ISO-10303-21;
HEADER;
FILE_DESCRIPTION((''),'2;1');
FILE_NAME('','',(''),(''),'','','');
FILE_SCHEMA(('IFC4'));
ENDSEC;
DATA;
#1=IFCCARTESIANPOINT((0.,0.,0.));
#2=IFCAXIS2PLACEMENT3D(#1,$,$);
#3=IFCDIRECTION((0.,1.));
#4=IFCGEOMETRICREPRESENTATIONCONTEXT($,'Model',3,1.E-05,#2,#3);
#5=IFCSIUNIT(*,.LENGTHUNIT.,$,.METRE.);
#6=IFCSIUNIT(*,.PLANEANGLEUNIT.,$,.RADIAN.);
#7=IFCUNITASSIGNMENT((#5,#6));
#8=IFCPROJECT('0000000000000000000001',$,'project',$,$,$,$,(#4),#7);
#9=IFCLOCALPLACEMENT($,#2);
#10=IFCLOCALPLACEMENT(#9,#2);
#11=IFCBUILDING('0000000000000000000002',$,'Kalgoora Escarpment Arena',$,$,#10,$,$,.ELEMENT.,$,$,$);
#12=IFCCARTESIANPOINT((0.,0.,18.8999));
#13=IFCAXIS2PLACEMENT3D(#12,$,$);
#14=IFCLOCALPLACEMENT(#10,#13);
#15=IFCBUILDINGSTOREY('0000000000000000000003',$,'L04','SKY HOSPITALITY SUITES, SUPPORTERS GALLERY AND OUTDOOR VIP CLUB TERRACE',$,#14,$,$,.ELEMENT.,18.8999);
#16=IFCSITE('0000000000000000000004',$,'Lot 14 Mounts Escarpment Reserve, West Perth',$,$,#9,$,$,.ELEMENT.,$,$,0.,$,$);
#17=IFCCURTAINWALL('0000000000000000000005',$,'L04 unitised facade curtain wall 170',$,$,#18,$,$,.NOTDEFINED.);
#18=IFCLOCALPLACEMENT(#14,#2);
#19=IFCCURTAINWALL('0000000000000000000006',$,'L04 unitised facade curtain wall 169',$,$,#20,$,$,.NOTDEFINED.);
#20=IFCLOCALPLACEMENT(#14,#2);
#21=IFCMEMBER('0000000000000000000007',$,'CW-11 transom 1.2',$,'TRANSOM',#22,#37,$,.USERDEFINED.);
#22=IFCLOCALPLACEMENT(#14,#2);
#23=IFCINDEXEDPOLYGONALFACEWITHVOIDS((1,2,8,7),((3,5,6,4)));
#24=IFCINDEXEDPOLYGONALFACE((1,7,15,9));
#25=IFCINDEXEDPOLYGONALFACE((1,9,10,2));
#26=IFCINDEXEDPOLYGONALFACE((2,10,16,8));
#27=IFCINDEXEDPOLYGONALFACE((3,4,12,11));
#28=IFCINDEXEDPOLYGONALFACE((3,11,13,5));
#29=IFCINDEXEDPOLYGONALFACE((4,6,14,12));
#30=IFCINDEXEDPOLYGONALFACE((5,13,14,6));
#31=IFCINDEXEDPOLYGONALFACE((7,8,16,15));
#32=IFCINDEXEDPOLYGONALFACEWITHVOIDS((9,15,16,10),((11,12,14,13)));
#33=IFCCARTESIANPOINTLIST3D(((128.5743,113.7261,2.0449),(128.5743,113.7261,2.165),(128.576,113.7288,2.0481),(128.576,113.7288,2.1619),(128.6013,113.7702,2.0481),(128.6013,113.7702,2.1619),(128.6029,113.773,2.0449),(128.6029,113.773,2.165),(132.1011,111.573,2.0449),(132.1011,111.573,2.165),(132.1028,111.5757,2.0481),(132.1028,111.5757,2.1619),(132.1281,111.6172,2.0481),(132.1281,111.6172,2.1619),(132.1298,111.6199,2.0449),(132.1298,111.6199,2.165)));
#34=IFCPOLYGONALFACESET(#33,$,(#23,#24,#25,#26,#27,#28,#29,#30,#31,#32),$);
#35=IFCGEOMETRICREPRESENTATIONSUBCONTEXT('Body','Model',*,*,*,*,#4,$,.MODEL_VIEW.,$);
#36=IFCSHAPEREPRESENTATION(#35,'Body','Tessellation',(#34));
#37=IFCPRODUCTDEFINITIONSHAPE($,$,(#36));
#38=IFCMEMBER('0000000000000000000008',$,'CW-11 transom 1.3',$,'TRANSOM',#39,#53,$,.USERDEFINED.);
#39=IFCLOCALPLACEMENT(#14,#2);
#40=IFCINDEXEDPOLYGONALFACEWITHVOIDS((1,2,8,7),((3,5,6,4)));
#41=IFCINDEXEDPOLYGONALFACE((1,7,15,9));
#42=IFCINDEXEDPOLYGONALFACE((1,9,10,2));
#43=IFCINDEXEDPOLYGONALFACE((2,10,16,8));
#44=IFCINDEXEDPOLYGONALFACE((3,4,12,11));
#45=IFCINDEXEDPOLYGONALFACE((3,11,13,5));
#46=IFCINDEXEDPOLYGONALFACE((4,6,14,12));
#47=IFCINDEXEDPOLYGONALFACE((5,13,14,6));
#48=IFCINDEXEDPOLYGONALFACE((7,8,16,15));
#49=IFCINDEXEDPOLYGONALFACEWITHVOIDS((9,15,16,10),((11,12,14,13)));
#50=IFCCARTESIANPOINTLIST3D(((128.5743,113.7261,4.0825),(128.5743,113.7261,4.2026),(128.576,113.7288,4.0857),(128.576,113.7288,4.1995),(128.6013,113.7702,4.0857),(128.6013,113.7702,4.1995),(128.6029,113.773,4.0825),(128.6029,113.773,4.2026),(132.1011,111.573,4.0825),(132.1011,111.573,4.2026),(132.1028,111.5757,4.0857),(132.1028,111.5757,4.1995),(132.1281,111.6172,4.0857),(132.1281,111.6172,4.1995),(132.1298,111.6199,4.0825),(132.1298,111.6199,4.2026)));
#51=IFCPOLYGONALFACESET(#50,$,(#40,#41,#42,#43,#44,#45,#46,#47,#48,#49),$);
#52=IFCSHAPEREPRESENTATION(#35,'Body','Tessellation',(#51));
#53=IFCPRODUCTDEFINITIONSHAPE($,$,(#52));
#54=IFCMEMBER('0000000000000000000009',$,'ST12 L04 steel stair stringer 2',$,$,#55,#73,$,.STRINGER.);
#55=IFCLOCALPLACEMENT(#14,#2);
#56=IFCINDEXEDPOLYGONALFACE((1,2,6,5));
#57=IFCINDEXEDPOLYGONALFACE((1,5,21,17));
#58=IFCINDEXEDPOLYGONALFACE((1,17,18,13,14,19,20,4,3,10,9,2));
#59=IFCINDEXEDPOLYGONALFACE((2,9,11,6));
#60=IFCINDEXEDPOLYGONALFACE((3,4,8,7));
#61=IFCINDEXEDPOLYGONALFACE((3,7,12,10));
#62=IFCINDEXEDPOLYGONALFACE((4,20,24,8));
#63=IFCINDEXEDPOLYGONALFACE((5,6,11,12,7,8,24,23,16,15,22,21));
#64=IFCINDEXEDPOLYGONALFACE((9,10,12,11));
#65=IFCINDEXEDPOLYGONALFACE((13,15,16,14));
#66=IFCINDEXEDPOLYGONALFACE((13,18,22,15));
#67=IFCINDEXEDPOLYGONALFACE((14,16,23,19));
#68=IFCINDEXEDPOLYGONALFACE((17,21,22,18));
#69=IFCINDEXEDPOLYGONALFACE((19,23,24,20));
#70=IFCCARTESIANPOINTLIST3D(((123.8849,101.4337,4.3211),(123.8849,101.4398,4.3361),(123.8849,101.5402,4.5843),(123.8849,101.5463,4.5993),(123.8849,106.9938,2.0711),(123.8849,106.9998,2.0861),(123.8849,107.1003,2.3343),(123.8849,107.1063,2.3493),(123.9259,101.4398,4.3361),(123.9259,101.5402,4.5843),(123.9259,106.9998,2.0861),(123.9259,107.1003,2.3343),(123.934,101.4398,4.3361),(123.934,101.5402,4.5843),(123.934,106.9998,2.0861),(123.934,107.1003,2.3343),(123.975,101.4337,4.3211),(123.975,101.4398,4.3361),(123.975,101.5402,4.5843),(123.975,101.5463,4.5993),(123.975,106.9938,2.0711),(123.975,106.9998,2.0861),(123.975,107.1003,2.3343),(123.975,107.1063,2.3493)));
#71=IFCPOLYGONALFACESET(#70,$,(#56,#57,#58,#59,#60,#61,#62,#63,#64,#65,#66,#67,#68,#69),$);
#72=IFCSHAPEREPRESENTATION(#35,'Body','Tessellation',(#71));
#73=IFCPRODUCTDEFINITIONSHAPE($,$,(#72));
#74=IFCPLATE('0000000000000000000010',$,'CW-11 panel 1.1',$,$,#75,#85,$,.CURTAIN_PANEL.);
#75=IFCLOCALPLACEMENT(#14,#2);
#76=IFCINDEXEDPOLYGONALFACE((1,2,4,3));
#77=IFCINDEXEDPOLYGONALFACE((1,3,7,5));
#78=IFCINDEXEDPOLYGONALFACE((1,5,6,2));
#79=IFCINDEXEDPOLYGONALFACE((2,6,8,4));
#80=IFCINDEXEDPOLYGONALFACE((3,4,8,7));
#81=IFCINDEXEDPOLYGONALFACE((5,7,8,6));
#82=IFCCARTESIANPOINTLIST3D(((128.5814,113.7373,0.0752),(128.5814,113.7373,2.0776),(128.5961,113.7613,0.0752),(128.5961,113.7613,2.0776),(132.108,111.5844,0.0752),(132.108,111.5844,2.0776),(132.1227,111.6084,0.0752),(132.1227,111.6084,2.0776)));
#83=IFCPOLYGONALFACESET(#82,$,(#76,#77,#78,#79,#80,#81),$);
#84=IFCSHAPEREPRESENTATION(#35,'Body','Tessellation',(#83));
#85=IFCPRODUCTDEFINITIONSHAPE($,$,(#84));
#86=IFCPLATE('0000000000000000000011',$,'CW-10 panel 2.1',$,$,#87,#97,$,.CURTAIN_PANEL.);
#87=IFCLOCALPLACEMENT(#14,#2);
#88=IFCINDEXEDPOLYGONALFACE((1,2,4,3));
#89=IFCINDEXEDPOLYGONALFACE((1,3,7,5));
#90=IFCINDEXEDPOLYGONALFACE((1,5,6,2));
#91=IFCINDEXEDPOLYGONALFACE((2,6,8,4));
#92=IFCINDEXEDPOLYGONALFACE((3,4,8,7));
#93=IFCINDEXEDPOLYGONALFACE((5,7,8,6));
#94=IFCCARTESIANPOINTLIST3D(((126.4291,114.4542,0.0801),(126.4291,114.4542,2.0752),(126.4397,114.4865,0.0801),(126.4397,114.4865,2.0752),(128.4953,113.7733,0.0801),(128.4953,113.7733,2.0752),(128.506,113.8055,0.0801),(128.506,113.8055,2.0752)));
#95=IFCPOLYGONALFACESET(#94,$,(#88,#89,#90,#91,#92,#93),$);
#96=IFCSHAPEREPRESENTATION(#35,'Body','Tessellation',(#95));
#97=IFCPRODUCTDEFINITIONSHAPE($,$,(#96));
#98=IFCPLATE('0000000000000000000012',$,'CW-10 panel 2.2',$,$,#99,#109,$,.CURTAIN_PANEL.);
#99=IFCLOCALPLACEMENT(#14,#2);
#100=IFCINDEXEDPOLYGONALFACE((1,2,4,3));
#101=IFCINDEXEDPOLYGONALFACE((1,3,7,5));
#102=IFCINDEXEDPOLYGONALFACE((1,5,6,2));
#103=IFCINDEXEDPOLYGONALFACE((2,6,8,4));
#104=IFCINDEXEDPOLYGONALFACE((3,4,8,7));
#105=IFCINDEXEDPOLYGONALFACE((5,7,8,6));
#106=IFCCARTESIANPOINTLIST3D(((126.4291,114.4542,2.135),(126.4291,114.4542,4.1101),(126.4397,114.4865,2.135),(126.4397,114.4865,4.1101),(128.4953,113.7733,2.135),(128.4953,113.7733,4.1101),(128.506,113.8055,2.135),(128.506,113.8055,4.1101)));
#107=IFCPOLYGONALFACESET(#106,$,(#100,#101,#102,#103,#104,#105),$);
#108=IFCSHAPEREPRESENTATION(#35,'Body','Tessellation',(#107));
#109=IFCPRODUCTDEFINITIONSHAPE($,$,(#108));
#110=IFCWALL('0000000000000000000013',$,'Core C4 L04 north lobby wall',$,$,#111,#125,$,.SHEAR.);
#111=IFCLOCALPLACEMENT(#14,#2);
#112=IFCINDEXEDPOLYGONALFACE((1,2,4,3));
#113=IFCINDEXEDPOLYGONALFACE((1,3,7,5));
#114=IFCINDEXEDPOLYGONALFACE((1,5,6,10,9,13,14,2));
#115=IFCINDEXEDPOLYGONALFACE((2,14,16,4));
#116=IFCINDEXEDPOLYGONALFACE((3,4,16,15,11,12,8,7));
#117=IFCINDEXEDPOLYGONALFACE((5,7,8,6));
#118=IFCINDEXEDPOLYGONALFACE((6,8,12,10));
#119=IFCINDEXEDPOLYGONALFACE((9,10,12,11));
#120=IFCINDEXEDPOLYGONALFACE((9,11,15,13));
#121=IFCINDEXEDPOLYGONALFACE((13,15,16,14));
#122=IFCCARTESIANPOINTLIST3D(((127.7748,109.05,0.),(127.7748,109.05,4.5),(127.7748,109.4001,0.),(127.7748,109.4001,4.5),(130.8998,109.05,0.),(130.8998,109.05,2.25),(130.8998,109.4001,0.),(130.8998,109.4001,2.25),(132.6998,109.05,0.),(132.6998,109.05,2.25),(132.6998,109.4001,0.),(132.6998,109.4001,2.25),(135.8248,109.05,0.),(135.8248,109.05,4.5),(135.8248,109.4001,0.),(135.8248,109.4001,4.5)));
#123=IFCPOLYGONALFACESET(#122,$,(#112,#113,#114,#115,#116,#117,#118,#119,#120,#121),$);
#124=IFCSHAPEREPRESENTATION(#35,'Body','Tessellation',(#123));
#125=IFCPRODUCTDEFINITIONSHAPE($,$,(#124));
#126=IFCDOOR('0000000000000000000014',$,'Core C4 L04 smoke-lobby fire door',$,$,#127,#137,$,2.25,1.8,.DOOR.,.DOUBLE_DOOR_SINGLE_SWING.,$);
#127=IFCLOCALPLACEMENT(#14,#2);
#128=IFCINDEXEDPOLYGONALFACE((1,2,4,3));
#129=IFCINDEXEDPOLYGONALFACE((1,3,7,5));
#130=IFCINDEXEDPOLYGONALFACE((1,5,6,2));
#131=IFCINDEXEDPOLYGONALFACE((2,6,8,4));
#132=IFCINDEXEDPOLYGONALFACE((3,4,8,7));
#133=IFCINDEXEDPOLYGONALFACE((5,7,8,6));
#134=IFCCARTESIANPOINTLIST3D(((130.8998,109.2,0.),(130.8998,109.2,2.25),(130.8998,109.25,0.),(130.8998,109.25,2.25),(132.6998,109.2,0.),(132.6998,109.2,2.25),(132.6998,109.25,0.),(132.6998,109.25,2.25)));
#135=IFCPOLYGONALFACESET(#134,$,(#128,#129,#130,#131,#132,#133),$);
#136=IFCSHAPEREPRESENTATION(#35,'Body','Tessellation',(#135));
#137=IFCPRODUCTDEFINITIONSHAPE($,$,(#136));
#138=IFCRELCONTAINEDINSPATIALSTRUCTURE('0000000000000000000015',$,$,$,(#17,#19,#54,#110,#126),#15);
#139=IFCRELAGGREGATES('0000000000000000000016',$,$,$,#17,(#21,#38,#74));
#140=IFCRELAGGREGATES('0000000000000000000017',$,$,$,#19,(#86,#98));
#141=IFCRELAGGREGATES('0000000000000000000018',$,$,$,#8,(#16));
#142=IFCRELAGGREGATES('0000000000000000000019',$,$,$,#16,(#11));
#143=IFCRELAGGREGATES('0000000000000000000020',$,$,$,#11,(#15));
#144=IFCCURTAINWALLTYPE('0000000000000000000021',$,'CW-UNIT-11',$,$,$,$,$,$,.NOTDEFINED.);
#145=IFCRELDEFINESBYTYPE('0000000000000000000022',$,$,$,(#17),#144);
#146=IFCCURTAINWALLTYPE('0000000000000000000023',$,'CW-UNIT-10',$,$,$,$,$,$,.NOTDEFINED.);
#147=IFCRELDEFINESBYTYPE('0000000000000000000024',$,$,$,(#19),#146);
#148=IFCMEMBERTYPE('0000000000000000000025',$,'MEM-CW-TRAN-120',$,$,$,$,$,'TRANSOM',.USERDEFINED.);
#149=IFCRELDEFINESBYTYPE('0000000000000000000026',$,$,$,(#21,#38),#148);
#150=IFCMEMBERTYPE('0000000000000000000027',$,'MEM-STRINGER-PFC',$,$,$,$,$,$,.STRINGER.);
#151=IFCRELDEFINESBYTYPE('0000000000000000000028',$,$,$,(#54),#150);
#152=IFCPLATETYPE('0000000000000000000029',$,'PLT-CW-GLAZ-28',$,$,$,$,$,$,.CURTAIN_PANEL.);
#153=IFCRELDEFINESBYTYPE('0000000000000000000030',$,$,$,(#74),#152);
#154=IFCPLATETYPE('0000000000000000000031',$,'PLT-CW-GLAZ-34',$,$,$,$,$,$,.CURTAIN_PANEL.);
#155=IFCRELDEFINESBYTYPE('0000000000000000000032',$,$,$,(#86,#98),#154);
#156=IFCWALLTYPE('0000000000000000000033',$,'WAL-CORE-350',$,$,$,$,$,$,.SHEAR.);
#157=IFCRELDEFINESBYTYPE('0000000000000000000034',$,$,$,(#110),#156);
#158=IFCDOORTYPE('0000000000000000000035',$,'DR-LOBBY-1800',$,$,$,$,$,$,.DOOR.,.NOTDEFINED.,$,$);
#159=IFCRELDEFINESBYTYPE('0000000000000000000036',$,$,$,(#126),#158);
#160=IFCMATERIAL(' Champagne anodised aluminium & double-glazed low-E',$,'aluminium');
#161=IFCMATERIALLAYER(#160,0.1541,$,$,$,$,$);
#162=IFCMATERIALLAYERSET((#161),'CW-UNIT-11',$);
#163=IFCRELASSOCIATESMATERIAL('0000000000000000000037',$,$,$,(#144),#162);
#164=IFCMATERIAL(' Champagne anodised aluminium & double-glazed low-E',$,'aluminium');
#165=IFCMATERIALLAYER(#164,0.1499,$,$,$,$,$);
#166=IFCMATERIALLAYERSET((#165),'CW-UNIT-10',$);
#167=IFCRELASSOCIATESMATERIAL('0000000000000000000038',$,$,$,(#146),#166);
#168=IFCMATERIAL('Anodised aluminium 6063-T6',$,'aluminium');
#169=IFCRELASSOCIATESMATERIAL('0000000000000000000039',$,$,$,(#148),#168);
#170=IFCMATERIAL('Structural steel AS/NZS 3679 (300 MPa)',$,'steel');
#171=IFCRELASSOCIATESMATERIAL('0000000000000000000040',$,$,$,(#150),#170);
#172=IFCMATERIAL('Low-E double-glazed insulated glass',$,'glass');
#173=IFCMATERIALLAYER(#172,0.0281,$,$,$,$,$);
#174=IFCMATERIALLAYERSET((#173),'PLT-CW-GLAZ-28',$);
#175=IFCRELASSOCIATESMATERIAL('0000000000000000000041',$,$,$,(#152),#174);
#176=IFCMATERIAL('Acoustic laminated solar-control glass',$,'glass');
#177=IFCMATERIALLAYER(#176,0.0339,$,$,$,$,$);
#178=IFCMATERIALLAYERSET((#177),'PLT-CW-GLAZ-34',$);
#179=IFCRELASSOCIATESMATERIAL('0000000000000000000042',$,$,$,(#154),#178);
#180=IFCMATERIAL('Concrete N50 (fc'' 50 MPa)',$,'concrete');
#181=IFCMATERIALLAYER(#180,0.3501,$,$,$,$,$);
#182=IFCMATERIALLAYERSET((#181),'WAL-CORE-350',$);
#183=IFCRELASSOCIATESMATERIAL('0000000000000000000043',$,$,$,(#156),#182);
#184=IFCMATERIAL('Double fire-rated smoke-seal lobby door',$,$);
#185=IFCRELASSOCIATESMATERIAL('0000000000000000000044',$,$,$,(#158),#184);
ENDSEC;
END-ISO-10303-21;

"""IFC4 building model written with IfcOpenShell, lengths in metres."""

from ifc_helpers import new_model, si_unit, direction, frame, frame_2d, origin, origin_2d, place, context, subcontext, project, spatial, rectangle, hollow_rectangle, i_section, extrude, material, layer, layer_set, material_profile, profile_set, type_object, element, fill, aggregate, save


model = new_model("IFC4")

# Units and contexts
model_context = context("Model", 3, precision=1e-05, world=origin(), true_north=direction((0.0, 1.0)))
body_context = subcontext(model_context, "Body", "Model", "MODEL_VIEW")
ifc_project = project(units=[si_unit("LENGTHUNIT", "METRE"), si_unit("PLANEANGLEUNIT", "RADIAN")], contexts=[model_context])

# Site, building, storey
site_placement = place(None, origin())
site = spatial("IfcSite", under=ifc_project, at=site_placement, Name="Lot 14 Mounts Escarpment Reserve, West Perth", CompositionType="ELEMENT", RefElevation=0.0)
building_placement = place(site_placement, origin())
building = spatial("IfcBuilding", under=site, at=building_placement, Name="Kalgoora Escarpment Arena", CompositionType="ELEMENT")
storey_placement = place(building_placement, frame((0.0, 0.0, 18.8999)))
storey = spatial("IfcBuildingStorey", under=building, at=storey_placement, Name="L04", Description="SKY HOSPITALITY SUITES, SUPPORTERS GALLERY AND OUTDOOR VIP CLUB TERRACE", CompositionType="ELEMENT", Elevation=18.8999)

# Curtain walls
ifc_material_1 = material(Name=" Champagne anodised aluminium & double-glazed low-E", Category="aluminium")
ifc_layer_1 = layer(ifc_material_1, 0.1541)
ifc_layer_set_1 = layer_set([ifc_layer_1], Name="CW-UNIT-11")
curtain_wall_type_1 = type_object("IfcCurtainWallType", Name="CW-UNIT-11", PredefinedType="NOTDEFINED", material=ifc_layer_set_1)
curtain_wall_1_placement = place(storey_placement, origin())
curtain_wall_1 = element("IfcCurtainWall", 1, at=curtain_wall_1_placement, inside=storey, type_object=curtain_wall_type_1, Name="L04 unitised facade curtain wall 170", PredefinedType="NOTDEFINED")
ifc_material_2 = material(Name=" Champagne anodised aluminium & double-glazed low-E", Category="aluminium")
ifc_layer_2 = layer(ifc_material_2, 0.1499)
ifc_layer_set_2 = layer_set([ifc_layer_2], Name="CW-UNIT-10")
curtain_wall_type_2 = type_object("IfcCurtainWallType", Name="CW-UNIT-10", PredefinedType="NOTDEFINED", material=ifc_layer_set_2)
curtain_wall_2_placement = place(storey_placement, origin())
curtain_wall_2 = element("IfcCurtainWall", 2, at=curtain_wall_2_placement, inside=storey, type_object=curtain_wall_type_2, Name="L04 unitised facade curtain wall 169", PredefinedType="NOTDEFINED")

# Members
ifc_material_3 = material(Name="Anodised aluminium 6063-T6", Category="aluminium")
ifc_material_profile_1 = material_profile(ifc_material_3, hollow_rectangle(XDim=0.0549, YDim=0.1201, WallThickness=0.0032, at=origin_2d()))
ifc_profile_set_1 = profile_set([ifc_material_profile_1], Name="Anodised aluminium 6063-T6")
member_type_1 = type_object("IfcMemberType", Name="MEM-CW-TRAN-120", ElementType="TRANSOM", PredefinedType="USERDEFINED", material=ifc_profile_set_1)
member_1_placement = place(storey_placement, frame((128.5886, 113.7495, 2.105), z_axis=(0.853521, -0.521058, 0.0), x_axis=(0.521058, 0.853521, 0.0)))
member_1 = element("IfcMember", 3, at=member_1_placement, type_object=member_type_1, Name="CW-11 transom 1.2", ObjectType="TRANSOM", PredefinedType="USERDEFINED", context=body_context, shape_type="SweptSolid", body=[
    extrude(hollow_rectangle(XDim=0.0549, YDim=0.1201, WallThickness=0.0032, at=origin_2d()), origin(), (0.0, 0.0, 1.0), 4.1321),
])
member_2_placement = place(storey_placement, frame((128.5886, 113.7495, 4.1426), z_axis=(0.853521, -0.521058, 0.0), x_axis=(0.521058, 0.853521, 0.0)))
member_2 = element("IfcMember", 4, at=member_2_placement, type_object=member_type_1, Name="CW-11 transom 1.3", ObjectType="TRANSOM", PredefinedType="USERDEFINED", context=body_context, shape_type="SweptSolid", body=[
    extrude(hollow_rectangle(XDim=0.0549, YDim=0.1201, WallThickness=0.0032, at=origin_2d()), origin(), (0.0, 0.0, 1.0), 4.1321),
])
ifc_material_4 = material(Name="Structural steel AS/NZS 3679 (300 MPa)", Category="steel")
ifc_material_profile_2 = material_profile(ifc_material_4, i_section(OverallWidth=0.0901, OverallDepth=0.3, WebThickness=0.0081, FlangeThickness=0.0161, at=origin_2d()))
ifc_profile_set_2 = profile_set([ifc_material_profile_2], Name="Structural steel AS/NZS 3679 (300 MPa)")
member_type_2 = type_object("IfcMemberType", Name="MEM-STRINGER-PFC", PredefinedType="STRINGER", material=ifc_profile_set_2)
member_3_placement = place(storey_placement, frame((123.9299, 107.05, 2.2102), z_axis=(0.0, -0.926976, 0.375121), x_axis=(1.0, 0.0, 0.0)))
element("IfcMember", 5, at=member_3_placement, inside=storey, type_object=member_type_2, Name="ST12 L04 steel stair stringer 2", PredefinedType="STRINGER", context=body_context, shape_type="SweptSolid", body=[
    extrude(i_section(OverallWidth=0.0901, OverallDepth=0.3, WebThickness=0.0081, FlangeThickness=0.0161, at=origin_2d()), origin(), (0.0, 0.0, 1.0), 5.998),
])

# Plates
ifc_material_5 = material(Name="Low-E double-glazed insulated glass", Category="glass")
ifc_layer_3 = layer(ifc_material_5, 0.0281)
ifc_layer_set_3 = layer_set([ifc_layer_3], Name="PLT-CW-GLAZ-28")
plate_type_1 = type_object("IfcPlateType", Name="PLT-CW-GLAZ-28", PredefinedType="CURTAIN_PANEL", material=ifc_layer_set_3)
plate_1_placement = place(storey_placement, frame((130.3521, 112.6729, 0.0752), z_axis=(0.0, 0.0, 1.0), x_axis=(0.853521, -0.521059, 0.0)))
plate_1 = element("IfcPlate", 6, at=plate_1_placement, type_object=plate_type_1, Name="CW-11 panel 1.1", PredefinedType="CURTAIN_PANEL", context=body_context, shape_type="SweptSolid", body=[
    extrude(rectangle(XDim=4.1318, YDim=0.0281, at=origin_2d()), origin(), (0.0, 0.0, 1.0), 2.0024),
])
aggregate(curtain_wall_1, [member_1, member_2, plate_1])
ifc_material_6 = material(Name="Acoustic laminated solar-control glass", Category="glass")
ifc_layer_4 = layer(ifc_material_6, 0.0339)
ifc_layer_set_4 = layer_set([ifc_layer_4], Name="PLT-CW-GLAZ-34")
plate_type_2 = type_object("IfcPlateType", Name="PLT-CW-GLAZ-34", PredefinedType="CURTAIN_PANEL", material=ifc_layer_set_4)
plate_2_placement = place(storey_placement, frame((127.4675, 114.1299, 0.0801), z_axis=(0.0, 0.0, 1.0), x_axis=(0.949758, -0.312986, 0.0)))
plate_2 = element("IfcPlate", 7, at=plate_2_placement, type_object=plate_type_2, Name="CW-10 panel 2.1", PredefinedType="CURTAIN_PANEL", context=body_context, shape_type="SweptSolid", body=[
    extrude(rectangle(XDim=2.1755, YDim=0.0339, at=origin_2d()), origin(), (0.0, 0.0, 1.0), 1.9951),
])
plate_3_placement = place(storey_placement, frame((127.4675, 114.1299, 2.135), z_axis=(0.0, 0.0, 1.0), x_axis=(0.949758, -0.312986, 0.0)))
plate_3 = element("IfcPlate", 8, at=plate_3_placement, type_object=plate_type_2, Name="CW-10 panel 2.2", PredefinedType="CURTAIN_PANEL", context=body_context, shape_type="SweptSolid", body=[
    extrude(rectangle(XDim=2.1755, YDim=0.0339, at=origin_2d()), origin(), (0.0, 0.0, 1.0), 1.9751),
])
aggregate(curtain_wall_2, [plate_2, plate_3])

# Wall, opening, door
ifc_material_7 = material(Name="Concrete N50 (fc' 50 MPa)", Category="concrete")
ifc_layer_5 = layer(ifc_material_7, 0.3501)
ifc_layer_set_5 = layer_set([ifc_layer_5], Name="WAL-CORE-350")
wall_type_1 = type_object("IfcWallType", Name="WAL-CORE-350", PredefinedType="SHEAR", material=ifc_layer_set_5)
wall_1_placement = place(storey_placement, frame((127.7749, 109.2251, 0.0), z_axis=(0.0, 0.0, 1.0), x_axis=(1.0, 0.0, 0.0)))
wall_1 = element("IfcWall", 9, at=wall_1_placement, inside=storey, type_object=wall_type_1, Name="Core C4 L04 north lobby wall", PredefinedType="SHEAR", context=body_context, shape_type="SweptSolid", body=[
    extrude(rectangle(XDim=8.05, YDim=0.3501, at=frame_2d((4.0249, 0.0))), origin(), (0.0, 0.0, 1.0), 4.5),
])
opening_1_placement = place(wall_1_placement, frame((3.125, 0.0, 0.0)))
opening_1 = element("IfcOpeningElement", 10, at=opening_1_placement, cuts=wall_1, PredefinedType="OPENING", context=body_context, shape_type="SweptSolid", body=[
    extrude(rectangle(XDim=1.8, YDim=2.25, at=frame_2d((0.8999, 1.125))), frame((0.0, 0.1851, 0.0), z_axis=(0.0, -1.0, 0.0), x_axis=(1.0, 0.0, 0.0)), (0.0, 0.0, 1.0), 0.3701),
])
ifc_material_8 = material(Name="Double fire-rated smoke-seal lobby door")
door_type_1 = type_object("IfcDoorType", Name="DR-LOBBY-1800", OperationType="NOTDEFINED", PredefinedType="DOOR", material=ifc_material_8)
door_1_placement = place(opening_1_placement, origin())
door_1 = element("IfcDoor", 11, at=door_1_placement, inside=storey, type_object=door_type_1, Name="Core C4 L04 smoke-lobby fire door", OperationType="DOUBLE_DOOR_SINGLE_SWING", OverallHeight=2.25, OverallWidth=1.8, PredefinedType="DOOR", context=body_context, shape_type="SweptSolid", body=[
    extrude(rectangle(XDim=1.8, YDim=2.25, at=frame_2d((0.8999, 1.125))), frame((0.0, 0.0249, 0.0), z_axis=(0.0, -1.0, 0.0), x_axis=(1.0, 0.0, 0.0)), (0.0, 0.0, 1.0), 0.05),
])
fill(opening_1, door_1)

save(model, "model.ifc")
